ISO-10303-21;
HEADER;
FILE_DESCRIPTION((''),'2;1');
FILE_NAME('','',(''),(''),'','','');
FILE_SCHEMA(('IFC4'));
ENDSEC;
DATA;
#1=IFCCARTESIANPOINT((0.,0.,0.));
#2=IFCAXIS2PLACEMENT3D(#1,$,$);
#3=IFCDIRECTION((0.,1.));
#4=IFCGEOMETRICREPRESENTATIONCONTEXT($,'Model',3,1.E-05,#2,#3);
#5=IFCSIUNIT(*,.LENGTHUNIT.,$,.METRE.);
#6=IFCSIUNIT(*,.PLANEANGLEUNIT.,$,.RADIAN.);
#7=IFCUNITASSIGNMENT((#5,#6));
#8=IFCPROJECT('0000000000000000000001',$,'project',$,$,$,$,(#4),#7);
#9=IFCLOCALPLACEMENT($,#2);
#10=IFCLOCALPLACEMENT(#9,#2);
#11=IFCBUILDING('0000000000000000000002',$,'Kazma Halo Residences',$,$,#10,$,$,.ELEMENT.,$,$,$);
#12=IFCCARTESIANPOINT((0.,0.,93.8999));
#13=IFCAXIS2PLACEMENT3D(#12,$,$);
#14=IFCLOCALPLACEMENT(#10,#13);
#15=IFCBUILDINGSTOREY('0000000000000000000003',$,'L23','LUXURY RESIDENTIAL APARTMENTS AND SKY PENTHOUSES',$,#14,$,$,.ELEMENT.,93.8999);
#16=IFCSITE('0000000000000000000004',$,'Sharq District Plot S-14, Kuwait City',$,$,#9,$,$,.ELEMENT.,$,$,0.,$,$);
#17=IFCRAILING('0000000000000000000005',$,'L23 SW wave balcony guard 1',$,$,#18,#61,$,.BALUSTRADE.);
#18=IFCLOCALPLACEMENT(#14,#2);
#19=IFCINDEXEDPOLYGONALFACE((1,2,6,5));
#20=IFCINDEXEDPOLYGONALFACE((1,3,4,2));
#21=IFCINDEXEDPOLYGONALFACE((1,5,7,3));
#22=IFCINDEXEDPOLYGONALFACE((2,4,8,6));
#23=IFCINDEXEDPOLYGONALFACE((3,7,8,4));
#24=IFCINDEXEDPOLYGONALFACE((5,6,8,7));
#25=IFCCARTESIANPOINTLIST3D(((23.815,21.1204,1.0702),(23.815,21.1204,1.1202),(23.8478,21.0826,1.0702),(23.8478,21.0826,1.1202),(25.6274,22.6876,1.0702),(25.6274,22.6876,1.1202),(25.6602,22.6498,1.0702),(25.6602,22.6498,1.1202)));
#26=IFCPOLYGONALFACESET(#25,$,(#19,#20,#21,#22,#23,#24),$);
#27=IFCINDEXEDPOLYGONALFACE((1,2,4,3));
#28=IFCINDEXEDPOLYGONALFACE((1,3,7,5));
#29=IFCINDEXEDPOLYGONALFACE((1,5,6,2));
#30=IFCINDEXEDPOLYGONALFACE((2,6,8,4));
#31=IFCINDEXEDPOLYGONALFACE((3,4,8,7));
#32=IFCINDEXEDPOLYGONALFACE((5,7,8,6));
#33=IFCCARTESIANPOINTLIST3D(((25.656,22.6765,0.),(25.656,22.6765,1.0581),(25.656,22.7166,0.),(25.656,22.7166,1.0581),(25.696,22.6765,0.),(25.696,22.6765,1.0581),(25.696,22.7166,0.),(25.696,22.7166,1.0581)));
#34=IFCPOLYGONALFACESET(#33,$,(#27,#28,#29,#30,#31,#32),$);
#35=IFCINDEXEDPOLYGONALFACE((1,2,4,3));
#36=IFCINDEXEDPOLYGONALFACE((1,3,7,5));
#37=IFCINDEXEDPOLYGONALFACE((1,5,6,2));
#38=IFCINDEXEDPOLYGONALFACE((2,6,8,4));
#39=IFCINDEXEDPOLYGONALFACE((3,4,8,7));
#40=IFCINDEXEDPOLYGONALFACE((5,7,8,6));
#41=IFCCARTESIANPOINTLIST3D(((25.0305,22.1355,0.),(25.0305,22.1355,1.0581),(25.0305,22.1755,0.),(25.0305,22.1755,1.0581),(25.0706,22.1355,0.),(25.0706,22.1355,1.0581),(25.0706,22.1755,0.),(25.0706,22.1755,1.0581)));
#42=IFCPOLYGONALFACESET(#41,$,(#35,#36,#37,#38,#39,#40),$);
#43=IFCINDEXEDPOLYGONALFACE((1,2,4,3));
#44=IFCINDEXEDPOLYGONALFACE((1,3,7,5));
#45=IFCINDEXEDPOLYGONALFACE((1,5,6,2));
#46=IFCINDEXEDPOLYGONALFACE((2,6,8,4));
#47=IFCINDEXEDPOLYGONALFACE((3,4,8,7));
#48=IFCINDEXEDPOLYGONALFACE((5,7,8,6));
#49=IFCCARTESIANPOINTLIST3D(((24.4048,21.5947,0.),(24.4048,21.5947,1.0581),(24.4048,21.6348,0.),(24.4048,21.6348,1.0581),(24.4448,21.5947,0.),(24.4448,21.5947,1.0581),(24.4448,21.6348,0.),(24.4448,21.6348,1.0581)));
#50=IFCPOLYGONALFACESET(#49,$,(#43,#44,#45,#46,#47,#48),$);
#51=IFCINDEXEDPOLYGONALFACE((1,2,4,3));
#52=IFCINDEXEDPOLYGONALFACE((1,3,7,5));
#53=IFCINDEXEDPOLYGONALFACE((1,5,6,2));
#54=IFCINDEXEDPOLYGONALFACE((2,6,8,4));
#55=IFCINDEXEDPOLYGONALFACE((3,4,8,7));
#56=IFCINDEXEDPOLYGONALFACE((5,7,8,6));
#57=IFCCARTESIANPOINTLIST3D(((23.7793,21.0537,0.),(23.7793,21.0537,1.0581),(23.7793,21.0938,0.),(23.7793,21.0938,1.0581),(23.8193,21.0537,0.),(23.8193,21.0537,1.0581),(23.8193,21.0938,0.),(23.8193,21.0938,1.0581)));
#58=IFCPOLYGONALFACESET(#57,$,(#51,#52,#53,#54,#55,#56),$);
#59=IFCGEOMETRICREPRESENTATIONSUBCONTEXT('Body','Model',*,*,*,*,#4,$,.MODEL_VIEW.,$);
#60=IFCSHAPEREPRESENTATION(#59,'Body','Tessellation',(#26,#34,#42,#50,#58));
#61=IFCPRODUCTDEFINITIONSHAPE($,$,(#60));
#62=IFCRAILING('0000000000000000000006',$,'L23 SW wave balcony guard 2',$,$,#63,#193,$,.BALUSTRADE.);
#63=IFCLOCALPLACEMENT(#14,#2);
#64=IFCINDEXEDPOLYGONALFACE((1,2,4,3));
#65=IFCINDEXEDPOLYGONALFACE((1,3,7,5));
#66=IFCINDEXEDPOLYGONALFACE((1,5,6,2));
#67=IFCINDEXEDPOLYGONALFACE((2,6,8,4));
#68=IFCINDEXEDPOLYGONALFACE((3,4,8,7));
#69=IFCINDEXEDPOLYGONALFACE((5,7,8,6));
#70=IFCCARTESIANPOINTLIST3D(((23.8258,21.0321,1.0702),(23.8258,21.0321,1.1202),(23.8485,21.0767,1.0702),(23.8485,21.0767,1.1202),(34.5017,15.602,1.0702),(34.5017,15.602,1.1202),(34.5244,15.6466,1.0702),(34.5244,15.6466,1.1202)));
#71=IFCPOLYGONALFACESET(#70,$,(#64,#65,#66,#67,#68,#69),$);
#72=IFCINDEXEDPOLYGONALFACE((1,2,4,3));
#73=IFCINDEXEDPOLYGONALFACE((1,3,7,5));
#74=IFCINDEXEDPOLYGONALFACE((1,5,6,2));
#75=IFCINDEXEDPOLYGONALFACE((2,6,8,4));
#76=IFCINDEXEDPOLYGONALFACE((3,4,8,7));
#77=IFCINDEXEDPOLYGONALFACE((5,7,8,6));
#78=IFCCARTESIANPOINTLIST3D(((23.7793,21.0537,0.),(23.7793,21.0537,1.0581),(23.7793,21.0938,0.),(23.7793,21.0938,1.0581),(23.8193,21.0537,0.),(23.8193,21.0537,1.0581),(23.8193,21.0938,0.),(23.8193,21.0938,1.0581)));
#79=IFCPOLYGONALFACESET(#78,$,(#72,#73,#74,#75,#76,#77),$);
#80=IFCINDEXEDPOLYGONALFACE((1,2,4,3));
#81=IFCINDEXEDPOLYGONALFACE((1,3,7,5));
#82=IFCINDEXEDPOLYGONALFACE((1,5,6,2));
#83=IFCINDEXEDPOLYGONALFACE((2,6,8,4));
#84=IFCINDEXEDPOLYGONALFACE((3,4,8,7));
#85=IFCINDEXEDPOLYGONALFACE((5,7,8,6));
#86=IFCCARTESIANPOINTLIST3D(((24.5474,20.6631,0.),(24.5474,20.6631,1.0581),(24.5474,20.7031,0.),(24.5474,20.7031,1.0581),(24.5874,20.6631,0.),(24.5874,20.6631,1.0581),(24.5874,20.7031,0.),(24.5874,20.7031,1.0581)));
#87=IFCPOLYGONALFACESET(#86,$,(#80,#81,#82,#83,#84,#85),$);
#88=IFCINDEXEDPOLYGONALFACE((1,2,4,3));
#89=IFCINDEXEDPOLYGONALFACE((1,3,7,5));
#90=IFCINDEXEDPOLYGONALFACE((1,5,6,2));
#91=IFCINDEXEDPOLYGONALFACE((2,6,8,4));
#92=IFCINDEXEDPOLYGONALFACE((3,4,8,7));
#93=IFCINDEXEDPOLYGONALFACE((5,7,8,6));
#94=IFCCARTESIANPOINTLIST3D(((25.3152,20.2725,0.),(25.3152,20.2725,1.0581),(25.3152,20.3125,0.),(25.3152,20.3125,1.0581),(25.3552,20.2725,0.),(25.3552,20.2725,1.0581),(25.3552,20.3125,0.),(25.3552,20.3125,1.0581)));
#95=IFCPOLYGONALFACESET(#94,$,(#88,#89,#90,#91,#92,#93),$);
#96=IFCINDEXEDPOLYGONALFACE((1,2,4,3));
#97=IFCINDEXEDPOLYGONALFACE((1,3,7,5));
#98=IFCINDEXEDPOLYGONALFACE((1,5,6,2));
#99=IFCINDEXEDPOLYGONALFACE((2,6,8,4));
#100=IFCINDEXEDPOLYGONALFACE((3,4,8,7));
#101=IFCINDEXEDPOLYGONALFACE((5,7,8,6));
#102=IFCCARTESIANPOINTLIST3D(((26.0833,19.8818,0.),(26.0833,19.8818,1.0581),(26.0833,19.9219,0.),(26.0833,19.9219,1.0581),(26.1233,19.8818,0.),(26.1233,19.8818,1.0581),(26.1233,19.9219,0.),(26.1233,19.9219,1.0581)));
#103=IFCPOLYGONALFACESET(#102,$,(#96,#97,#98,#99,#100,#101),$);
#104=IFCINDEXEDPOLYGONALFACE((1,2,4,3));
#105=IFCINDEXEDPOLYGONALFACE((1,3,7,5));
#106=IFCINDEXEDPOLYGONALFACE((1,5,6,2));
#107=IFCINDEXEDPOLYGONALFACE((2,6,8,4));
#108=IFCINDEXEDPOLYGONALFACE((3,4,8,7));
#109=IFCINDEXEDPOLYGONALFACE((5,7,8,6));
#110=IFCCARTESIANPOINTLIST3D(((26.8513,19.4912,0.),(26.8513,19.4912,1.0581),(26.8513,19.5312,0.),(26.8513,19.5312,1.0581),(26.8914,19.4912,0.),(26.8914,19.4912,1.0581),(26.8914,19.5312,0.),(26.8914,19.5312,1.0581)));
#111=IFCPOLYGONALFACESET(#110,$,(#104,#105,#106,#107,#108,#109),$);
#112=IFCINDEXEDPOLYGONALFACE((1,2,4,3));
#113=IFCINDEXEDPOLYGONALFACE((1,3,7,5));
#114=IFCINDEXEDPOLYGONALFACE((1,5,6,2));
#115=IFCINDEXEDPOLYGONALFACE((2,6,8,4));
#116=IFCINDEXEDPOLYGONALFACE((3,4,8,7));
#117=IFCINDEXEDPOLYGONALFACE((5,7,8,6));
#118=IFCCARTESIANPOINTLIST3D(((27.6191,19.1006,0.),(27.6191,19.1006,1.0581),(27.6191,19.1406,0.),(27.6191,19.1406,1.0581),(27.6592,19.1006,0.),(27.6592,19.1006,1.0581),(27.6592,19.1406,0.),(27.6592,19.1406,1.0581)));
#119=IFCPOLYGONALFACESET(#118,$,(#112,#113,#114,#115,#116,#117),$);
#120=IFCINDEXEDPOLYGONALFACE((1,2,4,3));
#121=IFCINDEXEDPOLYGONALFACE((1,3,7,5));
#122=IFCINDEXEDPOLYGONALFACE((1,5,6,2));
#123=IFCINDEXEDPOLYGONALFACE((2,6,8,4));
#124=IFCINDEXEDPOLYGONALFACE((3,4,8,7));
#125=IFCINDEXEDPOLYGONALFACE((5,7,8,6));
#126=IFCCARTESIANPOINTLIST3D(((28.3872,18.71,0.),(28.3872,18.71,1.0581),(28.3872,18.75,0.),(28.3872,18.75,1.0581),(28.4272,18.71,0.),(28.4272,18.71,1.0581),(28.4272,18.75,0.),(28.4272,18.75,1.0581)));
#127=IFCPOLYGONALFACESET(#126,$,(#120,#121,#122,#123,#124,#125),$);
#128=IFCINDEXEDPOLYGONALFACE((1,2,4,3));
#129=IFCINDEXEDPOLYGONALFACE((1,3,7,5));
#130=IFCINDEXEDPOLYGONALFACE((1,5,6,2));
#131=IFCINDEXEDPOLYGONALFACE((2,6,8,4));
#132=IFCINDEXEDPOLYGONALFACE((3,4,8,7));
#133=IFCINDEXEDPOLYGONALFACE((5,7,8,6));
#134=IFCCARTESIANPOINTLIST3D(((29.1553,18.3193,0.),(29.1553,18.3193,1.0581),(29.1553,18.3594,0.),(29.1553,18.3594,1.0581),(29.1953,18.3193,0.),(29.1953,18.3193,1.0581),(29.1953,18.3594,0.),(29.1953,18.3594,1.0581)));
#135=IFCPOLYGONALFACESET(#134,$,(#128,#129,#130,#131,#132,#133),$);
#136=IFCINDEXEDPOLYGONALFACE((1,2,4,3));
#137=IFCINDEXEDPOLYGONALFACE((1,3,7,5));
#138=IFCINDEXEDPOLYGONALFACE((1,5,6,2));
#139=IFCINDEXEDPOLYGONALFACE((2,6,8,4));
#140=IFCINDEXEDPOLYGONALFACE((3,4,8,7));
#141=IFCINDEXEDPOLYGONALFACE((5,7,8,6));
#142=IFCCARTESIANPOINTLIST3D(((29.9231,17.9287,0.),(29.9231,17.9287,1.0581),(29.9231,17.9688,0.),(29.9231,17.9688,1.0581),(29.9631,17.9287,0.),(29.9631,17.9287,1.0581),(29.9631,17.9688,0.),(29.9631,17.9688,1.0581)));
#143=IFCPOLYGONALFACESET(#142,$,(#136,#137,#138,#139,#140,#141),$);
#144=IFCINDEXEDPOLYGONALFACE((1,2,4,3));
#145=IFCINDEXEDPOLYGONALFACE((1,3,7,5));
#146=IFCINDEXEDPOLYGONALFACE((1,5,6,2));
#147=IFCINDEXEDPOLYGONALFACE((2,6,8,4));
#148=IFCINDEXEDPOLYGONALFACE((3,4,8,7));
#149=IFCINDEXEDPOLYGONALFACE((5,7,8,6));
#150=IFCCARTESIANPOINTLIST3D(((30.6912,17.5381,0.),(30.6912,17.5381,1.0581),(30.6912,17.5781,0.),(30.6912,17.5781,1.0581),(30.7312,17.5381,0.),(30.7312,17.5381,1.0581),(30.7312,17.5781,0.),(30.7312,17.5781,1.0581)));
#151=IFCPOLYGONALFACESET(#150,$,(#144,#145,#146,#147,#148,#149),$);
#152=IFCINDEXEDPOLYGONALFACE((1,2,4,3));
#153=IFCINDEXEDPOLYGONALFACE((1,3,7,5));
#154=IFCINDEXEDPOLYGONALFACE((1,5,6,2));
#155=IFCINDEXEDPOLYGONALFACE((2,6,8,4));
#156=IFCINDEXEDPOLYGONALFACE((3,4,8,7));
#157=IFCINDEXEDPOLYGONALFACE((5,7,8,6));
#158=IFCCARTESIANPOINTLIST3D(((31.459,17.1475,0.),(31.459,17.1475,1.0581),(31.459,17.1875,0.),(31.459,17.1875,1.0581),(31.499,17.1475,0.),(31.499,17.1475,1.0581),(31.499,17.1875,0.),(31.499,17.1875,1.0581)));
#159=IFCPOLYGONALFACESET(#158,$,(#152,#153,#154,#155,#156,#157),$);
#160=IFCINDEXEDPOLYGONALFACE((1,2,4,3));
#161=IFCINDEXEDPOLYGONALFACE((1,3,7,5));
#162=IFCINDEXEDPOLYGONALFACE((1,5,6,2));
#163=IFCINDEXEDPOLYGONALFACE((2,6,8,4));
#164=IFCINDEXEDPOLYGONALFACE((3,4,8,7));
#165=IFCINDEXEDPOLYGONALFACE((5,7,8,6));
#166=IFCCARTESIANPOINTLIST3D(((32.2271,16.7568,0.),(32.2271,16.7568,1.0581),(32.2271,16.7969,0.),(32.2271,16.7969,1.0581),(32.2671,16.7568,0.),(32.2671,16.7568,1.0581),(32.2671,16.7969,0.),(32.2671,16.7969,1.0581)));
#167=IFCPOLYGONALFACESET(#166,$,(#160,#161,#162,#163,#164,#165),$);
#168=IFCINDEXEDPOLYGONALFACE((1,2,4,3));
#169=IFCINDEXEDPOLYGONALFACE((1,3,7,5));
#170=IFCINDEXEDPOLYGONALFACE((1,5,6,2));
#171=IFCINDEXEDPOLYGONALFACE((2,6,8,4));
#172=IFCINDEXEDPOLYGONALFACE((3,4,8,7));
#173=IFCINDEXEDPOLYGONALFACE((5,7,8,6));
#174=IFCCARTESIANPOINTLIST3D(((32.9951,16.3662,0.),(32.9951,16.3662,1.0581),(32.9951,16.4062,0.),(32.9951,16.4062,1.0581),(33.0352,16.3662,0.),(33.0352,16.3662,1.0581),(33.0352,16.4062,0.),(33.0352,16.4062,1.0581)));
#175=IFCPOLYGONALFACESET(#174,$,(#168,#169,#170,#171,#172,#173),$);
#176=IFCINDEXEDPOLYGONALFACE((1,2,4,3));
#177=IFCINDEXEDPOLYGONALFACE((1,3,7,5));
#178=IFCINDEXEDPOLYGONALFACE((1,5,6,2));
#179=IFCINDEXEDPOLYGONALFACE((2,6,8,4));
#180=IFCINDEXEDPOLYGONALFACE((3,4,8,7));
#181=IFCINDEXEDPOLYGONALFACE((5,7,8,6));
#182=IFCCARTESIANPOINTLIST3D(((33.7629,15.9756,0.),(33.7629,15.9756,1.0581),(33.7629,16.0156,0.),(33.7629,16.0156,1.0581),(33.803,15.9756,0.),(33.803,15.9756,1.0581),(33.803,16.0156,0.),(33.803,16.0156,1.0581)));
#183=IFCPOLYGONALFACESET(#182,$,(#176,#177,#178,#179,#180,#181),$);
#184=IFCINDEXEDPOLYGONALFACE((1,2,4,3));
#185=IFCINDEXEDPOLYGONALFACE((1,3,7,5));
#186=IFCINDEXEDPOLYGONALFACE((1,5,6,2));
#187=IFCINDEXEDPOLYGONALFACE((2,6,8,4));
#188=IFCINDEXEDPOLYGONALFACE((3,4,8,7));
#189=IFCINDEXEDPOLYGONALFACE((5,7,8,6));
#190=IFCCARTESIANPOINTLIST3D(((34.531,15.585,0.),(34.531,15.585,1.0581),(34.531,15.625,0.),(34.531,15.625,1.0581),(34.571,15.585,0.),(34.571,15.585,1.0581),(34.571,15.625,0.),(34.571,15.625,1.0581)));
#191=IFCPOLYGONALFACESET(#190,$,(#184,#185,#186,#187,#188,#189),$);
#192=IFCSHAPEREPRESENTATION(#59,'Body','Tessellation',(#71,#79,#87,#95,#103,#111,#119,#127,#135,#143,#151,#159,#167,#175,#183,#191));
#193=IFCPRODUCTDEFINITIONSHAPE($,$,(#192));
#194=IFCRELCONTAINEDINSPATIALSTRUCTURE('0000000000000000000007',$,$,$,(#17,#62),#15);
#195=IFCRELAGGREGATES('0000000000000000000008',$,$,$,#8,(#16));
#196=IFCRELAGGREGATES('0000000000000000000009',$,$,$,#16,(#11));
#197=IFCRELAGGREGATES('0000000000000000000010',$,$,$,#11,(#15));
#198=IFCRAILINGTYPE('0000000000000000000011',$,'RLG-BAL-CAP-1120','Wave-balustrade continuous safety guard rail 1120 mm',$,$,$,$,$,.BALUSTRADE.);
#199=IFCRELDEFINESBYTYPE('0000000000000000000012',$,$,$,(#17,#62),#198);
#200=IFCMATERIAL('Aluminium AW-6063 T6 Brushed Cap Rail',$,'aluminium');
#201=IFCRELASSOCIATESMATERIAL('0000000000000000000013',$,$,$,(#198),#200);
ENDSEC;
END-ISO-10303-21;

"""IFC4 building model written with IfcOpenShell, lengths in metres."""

from ifc_helpers import new_model, si_unit, direction, frame, origin, origin_2d, place, context, subcontext, project, spatial, rectangle, extrude, material, type_object, element, save


model = new_model("IFC4")

# Units and contexts
model_context = context("Model", 3, precision=1e-05, world=origin(), true_north=direction((0.0, 1.0)))
body_context = subcontext(model_context, "Body", "Model", "MODEL_VIEW")
ifc_project = project(units=[si_unit("LENGTHUNIT", "METRE"), si_unit("PLANEANGLEUNIT", "RADIAN")], contexts=[model_context])

# Site, building, storey
site_placement = place(None, origin())
site = spatial("IfcSite", under=ifc_project, at=site_placement, Name="Sharq District Plot S-14, Kuwait City", CompositionType="ELEMENT", RefElevation=0.0)
building_placement = place(site_placement, origin())
building = spatial("IfcBuilding", under=site, at=building_placement, Name="Kazma Halo Residences", CompositionType="ELEMENT")
storey_placement = place(building_placement, frame((0.0, 0.0, 93.8999)))
storey = spatial("IfcBuildingStorey", under=building, at=storey_placement, Name="L23", Description="LUXURY RESIDENTIAL APARTMENTS AND SKY PENTHOUSES", CompositionType="ELEMENT", Elevation=93.8999)

# Railings
ifc_material_1 = material(Name="Aluminium AW-6063 T6 Brushed Cap Rail", Category="aluminium")
railing_type = type_object("IfcRailingType", Name="RLG-BAL-CAP-1120", Description="Wave-balustrade continuous safety guard rail 1120 mm", PredefinedType="BALUSTRADE", material=ifc_material_1)
railing_1_placement = place(storey_placement, frame((25.676, 22.6965, 0.0)))
element("IfcRailing", 1, at=railing_1_placement, inside=storey, type_object=railing_type, Name="L23 SW wave balcony guard 1", PredefinedType="BALUSTRADE", context=body_context, shape_type="SweptSolid", body=[
    extrude(rectangle(XDim=0.05, YDim=0.05, at=origin_2d()), frame((-0.0322, -0.0278, 1.0952), z_axis=(-0.756422, -0.654083, 0.0), x_axis=(0.654083, -0.756422, 0.0)), (0.0, 0.0, 1.0), 2.396),
    extrude(rectangle(XDim=0.04, YDim=0.04, at=origin_2d()), origin(), (0.0, 0.0, 1.0), 1.0581),
    extrude(rectangle(XDim=0.04, YDim=0.04, at=origin_2d()), frame((-0.6255, -0.541, 0.0)), (0.0, 0.0, 1.0), 1.0581),
    extrude(rectangle(XDim=0.04, YDim=0.04, at=origin_2d()), frame((-1.2512, -1.0818, 0.0)), (0.0, 0.0, 1.0), 1.0581),
    extrude(rectangle(XDim=0.04, YDim=0.04, at=origin_2d()), frame((-1.8767, -1.6228, 0.0)), (0.0, 0.0, 1.0), 1.0581),
])
railing_2_placement = place(storey_placement, frame((23.7993, 21.0737, 0.0)))
element("IfcRailing", 2, at=railing_2_placement, inside=storey, type_object=railing_type, Name="L23 SW wave balcony guard 2", PredefinedType="BALUSTRADE", context=body_context, shape_type="SweptSolid", body=[
    extrude(rectangle(XDim=0.05, YDim=0.05, at=origin_2d()), frame((0.0378, -0.0193, 1.0952), z_axis=(0.891326, -0.453364, 0.0), x_axis=(0.453364, 0.891326, 0.0)), (0.0, 0.0, 1.0), 11.9775),
    extrude(rectangle(XDim=0.04, YDim=0.04, at=origin_2d()), origin(), (0.0, 0.0, 1.0), 1.0581),
    extrude(rectangle(XDim=0.04, YDim=0.04, at=origin_2d()), frame((0.7681, -0.3906, 0.0)), (0.0, 0.0, 1.0), 1.0581),
    extrude(rectangle(XDim=0.04, YDim=0.04, at=origin_2d()), frame((1.5359, -0.7812, 0.0)), (0.0, 0.0, 1.0), 1.0581),
    extrude(rectangle(XDim=0.04, YDim=0.04, at=origin_2d()), frame((2.304, -1.1719, 0.0)), (0.0, 0.0, 1.0), 1.0581),
    extrude(rectangle(XDim=0.04, YDim=0.04, at=origin_2d()), frame((3.072, -1.5625, 0.0)), (0.0, 0.0, 1.0), 1.0581),
    extrude(rectangle(XDim=0.04, YDim=0.04, at=origin_2d()), frame((3.8398, -1.9531, 0.0)), (0.0, 0.0, 1.0), 1.0581),
    extrude(rectangle(XDim=0.04, YDim=0.04, at=origin_2d()), frame((4.6079, -2.3438, 0.0)), (0.0, 0.0, 1.0), 1.0581),
    extrude(rectangle(XDim=0.04, YDim=0.04, at=origin_2d()), frame((5.376, -2.7344, 0.0)), (0.0, 0.0, 1.0), 1.0581),
    extrude(rectangle(XDim=0.04, YDim=0.04, at=origin_2d()), frame((6.1438, -3.125, 0.0)), (0.0, 0.0, 1.0), 1.0581),
    extrude(rectangle(XDim=0.04, YDim=0.04, at=origin_2d()), frame((6.9119, -3.5156, 0.0)), (0.0, 0.0, 1.0), 1.0581),
    extrude(rectangle(XDim=0.04, YDim=0.04, at=origin_2d()), frame((7.6797, -3.9062, 0.0)), (0.0, 0.0, 1.0), 1.0581),
    extrude(rectangle(XDim=0.04, YDim=0.04, at=origin_2d()), frame((8.4478, -4.2969, 0.0)), (0.0, 0.0, 1.0), 1.0581),
    extrude(rectangle(XDim=0.04, YDim=0.04, at=origin_2d()), frame((9.2158, -4.6875, 0.0)), (0.0, 0.0, 1.0), 1.0581),
    extrude(rectangle(XDim=0.04, YDim=0.04, at=origin_2d()), frame((9.9836, -5.0781, 0.0)), (0.0, 0.0, 1.0), 1.0581),
    extrude(rectangle(XDim=0.04, YDim=0.04, at=origin_2d()), frame((10.7517, -5.4688, 0.0)), (0.0, 0.0, 1.0), 1.0581),
])

save(model, "model.ifc")
